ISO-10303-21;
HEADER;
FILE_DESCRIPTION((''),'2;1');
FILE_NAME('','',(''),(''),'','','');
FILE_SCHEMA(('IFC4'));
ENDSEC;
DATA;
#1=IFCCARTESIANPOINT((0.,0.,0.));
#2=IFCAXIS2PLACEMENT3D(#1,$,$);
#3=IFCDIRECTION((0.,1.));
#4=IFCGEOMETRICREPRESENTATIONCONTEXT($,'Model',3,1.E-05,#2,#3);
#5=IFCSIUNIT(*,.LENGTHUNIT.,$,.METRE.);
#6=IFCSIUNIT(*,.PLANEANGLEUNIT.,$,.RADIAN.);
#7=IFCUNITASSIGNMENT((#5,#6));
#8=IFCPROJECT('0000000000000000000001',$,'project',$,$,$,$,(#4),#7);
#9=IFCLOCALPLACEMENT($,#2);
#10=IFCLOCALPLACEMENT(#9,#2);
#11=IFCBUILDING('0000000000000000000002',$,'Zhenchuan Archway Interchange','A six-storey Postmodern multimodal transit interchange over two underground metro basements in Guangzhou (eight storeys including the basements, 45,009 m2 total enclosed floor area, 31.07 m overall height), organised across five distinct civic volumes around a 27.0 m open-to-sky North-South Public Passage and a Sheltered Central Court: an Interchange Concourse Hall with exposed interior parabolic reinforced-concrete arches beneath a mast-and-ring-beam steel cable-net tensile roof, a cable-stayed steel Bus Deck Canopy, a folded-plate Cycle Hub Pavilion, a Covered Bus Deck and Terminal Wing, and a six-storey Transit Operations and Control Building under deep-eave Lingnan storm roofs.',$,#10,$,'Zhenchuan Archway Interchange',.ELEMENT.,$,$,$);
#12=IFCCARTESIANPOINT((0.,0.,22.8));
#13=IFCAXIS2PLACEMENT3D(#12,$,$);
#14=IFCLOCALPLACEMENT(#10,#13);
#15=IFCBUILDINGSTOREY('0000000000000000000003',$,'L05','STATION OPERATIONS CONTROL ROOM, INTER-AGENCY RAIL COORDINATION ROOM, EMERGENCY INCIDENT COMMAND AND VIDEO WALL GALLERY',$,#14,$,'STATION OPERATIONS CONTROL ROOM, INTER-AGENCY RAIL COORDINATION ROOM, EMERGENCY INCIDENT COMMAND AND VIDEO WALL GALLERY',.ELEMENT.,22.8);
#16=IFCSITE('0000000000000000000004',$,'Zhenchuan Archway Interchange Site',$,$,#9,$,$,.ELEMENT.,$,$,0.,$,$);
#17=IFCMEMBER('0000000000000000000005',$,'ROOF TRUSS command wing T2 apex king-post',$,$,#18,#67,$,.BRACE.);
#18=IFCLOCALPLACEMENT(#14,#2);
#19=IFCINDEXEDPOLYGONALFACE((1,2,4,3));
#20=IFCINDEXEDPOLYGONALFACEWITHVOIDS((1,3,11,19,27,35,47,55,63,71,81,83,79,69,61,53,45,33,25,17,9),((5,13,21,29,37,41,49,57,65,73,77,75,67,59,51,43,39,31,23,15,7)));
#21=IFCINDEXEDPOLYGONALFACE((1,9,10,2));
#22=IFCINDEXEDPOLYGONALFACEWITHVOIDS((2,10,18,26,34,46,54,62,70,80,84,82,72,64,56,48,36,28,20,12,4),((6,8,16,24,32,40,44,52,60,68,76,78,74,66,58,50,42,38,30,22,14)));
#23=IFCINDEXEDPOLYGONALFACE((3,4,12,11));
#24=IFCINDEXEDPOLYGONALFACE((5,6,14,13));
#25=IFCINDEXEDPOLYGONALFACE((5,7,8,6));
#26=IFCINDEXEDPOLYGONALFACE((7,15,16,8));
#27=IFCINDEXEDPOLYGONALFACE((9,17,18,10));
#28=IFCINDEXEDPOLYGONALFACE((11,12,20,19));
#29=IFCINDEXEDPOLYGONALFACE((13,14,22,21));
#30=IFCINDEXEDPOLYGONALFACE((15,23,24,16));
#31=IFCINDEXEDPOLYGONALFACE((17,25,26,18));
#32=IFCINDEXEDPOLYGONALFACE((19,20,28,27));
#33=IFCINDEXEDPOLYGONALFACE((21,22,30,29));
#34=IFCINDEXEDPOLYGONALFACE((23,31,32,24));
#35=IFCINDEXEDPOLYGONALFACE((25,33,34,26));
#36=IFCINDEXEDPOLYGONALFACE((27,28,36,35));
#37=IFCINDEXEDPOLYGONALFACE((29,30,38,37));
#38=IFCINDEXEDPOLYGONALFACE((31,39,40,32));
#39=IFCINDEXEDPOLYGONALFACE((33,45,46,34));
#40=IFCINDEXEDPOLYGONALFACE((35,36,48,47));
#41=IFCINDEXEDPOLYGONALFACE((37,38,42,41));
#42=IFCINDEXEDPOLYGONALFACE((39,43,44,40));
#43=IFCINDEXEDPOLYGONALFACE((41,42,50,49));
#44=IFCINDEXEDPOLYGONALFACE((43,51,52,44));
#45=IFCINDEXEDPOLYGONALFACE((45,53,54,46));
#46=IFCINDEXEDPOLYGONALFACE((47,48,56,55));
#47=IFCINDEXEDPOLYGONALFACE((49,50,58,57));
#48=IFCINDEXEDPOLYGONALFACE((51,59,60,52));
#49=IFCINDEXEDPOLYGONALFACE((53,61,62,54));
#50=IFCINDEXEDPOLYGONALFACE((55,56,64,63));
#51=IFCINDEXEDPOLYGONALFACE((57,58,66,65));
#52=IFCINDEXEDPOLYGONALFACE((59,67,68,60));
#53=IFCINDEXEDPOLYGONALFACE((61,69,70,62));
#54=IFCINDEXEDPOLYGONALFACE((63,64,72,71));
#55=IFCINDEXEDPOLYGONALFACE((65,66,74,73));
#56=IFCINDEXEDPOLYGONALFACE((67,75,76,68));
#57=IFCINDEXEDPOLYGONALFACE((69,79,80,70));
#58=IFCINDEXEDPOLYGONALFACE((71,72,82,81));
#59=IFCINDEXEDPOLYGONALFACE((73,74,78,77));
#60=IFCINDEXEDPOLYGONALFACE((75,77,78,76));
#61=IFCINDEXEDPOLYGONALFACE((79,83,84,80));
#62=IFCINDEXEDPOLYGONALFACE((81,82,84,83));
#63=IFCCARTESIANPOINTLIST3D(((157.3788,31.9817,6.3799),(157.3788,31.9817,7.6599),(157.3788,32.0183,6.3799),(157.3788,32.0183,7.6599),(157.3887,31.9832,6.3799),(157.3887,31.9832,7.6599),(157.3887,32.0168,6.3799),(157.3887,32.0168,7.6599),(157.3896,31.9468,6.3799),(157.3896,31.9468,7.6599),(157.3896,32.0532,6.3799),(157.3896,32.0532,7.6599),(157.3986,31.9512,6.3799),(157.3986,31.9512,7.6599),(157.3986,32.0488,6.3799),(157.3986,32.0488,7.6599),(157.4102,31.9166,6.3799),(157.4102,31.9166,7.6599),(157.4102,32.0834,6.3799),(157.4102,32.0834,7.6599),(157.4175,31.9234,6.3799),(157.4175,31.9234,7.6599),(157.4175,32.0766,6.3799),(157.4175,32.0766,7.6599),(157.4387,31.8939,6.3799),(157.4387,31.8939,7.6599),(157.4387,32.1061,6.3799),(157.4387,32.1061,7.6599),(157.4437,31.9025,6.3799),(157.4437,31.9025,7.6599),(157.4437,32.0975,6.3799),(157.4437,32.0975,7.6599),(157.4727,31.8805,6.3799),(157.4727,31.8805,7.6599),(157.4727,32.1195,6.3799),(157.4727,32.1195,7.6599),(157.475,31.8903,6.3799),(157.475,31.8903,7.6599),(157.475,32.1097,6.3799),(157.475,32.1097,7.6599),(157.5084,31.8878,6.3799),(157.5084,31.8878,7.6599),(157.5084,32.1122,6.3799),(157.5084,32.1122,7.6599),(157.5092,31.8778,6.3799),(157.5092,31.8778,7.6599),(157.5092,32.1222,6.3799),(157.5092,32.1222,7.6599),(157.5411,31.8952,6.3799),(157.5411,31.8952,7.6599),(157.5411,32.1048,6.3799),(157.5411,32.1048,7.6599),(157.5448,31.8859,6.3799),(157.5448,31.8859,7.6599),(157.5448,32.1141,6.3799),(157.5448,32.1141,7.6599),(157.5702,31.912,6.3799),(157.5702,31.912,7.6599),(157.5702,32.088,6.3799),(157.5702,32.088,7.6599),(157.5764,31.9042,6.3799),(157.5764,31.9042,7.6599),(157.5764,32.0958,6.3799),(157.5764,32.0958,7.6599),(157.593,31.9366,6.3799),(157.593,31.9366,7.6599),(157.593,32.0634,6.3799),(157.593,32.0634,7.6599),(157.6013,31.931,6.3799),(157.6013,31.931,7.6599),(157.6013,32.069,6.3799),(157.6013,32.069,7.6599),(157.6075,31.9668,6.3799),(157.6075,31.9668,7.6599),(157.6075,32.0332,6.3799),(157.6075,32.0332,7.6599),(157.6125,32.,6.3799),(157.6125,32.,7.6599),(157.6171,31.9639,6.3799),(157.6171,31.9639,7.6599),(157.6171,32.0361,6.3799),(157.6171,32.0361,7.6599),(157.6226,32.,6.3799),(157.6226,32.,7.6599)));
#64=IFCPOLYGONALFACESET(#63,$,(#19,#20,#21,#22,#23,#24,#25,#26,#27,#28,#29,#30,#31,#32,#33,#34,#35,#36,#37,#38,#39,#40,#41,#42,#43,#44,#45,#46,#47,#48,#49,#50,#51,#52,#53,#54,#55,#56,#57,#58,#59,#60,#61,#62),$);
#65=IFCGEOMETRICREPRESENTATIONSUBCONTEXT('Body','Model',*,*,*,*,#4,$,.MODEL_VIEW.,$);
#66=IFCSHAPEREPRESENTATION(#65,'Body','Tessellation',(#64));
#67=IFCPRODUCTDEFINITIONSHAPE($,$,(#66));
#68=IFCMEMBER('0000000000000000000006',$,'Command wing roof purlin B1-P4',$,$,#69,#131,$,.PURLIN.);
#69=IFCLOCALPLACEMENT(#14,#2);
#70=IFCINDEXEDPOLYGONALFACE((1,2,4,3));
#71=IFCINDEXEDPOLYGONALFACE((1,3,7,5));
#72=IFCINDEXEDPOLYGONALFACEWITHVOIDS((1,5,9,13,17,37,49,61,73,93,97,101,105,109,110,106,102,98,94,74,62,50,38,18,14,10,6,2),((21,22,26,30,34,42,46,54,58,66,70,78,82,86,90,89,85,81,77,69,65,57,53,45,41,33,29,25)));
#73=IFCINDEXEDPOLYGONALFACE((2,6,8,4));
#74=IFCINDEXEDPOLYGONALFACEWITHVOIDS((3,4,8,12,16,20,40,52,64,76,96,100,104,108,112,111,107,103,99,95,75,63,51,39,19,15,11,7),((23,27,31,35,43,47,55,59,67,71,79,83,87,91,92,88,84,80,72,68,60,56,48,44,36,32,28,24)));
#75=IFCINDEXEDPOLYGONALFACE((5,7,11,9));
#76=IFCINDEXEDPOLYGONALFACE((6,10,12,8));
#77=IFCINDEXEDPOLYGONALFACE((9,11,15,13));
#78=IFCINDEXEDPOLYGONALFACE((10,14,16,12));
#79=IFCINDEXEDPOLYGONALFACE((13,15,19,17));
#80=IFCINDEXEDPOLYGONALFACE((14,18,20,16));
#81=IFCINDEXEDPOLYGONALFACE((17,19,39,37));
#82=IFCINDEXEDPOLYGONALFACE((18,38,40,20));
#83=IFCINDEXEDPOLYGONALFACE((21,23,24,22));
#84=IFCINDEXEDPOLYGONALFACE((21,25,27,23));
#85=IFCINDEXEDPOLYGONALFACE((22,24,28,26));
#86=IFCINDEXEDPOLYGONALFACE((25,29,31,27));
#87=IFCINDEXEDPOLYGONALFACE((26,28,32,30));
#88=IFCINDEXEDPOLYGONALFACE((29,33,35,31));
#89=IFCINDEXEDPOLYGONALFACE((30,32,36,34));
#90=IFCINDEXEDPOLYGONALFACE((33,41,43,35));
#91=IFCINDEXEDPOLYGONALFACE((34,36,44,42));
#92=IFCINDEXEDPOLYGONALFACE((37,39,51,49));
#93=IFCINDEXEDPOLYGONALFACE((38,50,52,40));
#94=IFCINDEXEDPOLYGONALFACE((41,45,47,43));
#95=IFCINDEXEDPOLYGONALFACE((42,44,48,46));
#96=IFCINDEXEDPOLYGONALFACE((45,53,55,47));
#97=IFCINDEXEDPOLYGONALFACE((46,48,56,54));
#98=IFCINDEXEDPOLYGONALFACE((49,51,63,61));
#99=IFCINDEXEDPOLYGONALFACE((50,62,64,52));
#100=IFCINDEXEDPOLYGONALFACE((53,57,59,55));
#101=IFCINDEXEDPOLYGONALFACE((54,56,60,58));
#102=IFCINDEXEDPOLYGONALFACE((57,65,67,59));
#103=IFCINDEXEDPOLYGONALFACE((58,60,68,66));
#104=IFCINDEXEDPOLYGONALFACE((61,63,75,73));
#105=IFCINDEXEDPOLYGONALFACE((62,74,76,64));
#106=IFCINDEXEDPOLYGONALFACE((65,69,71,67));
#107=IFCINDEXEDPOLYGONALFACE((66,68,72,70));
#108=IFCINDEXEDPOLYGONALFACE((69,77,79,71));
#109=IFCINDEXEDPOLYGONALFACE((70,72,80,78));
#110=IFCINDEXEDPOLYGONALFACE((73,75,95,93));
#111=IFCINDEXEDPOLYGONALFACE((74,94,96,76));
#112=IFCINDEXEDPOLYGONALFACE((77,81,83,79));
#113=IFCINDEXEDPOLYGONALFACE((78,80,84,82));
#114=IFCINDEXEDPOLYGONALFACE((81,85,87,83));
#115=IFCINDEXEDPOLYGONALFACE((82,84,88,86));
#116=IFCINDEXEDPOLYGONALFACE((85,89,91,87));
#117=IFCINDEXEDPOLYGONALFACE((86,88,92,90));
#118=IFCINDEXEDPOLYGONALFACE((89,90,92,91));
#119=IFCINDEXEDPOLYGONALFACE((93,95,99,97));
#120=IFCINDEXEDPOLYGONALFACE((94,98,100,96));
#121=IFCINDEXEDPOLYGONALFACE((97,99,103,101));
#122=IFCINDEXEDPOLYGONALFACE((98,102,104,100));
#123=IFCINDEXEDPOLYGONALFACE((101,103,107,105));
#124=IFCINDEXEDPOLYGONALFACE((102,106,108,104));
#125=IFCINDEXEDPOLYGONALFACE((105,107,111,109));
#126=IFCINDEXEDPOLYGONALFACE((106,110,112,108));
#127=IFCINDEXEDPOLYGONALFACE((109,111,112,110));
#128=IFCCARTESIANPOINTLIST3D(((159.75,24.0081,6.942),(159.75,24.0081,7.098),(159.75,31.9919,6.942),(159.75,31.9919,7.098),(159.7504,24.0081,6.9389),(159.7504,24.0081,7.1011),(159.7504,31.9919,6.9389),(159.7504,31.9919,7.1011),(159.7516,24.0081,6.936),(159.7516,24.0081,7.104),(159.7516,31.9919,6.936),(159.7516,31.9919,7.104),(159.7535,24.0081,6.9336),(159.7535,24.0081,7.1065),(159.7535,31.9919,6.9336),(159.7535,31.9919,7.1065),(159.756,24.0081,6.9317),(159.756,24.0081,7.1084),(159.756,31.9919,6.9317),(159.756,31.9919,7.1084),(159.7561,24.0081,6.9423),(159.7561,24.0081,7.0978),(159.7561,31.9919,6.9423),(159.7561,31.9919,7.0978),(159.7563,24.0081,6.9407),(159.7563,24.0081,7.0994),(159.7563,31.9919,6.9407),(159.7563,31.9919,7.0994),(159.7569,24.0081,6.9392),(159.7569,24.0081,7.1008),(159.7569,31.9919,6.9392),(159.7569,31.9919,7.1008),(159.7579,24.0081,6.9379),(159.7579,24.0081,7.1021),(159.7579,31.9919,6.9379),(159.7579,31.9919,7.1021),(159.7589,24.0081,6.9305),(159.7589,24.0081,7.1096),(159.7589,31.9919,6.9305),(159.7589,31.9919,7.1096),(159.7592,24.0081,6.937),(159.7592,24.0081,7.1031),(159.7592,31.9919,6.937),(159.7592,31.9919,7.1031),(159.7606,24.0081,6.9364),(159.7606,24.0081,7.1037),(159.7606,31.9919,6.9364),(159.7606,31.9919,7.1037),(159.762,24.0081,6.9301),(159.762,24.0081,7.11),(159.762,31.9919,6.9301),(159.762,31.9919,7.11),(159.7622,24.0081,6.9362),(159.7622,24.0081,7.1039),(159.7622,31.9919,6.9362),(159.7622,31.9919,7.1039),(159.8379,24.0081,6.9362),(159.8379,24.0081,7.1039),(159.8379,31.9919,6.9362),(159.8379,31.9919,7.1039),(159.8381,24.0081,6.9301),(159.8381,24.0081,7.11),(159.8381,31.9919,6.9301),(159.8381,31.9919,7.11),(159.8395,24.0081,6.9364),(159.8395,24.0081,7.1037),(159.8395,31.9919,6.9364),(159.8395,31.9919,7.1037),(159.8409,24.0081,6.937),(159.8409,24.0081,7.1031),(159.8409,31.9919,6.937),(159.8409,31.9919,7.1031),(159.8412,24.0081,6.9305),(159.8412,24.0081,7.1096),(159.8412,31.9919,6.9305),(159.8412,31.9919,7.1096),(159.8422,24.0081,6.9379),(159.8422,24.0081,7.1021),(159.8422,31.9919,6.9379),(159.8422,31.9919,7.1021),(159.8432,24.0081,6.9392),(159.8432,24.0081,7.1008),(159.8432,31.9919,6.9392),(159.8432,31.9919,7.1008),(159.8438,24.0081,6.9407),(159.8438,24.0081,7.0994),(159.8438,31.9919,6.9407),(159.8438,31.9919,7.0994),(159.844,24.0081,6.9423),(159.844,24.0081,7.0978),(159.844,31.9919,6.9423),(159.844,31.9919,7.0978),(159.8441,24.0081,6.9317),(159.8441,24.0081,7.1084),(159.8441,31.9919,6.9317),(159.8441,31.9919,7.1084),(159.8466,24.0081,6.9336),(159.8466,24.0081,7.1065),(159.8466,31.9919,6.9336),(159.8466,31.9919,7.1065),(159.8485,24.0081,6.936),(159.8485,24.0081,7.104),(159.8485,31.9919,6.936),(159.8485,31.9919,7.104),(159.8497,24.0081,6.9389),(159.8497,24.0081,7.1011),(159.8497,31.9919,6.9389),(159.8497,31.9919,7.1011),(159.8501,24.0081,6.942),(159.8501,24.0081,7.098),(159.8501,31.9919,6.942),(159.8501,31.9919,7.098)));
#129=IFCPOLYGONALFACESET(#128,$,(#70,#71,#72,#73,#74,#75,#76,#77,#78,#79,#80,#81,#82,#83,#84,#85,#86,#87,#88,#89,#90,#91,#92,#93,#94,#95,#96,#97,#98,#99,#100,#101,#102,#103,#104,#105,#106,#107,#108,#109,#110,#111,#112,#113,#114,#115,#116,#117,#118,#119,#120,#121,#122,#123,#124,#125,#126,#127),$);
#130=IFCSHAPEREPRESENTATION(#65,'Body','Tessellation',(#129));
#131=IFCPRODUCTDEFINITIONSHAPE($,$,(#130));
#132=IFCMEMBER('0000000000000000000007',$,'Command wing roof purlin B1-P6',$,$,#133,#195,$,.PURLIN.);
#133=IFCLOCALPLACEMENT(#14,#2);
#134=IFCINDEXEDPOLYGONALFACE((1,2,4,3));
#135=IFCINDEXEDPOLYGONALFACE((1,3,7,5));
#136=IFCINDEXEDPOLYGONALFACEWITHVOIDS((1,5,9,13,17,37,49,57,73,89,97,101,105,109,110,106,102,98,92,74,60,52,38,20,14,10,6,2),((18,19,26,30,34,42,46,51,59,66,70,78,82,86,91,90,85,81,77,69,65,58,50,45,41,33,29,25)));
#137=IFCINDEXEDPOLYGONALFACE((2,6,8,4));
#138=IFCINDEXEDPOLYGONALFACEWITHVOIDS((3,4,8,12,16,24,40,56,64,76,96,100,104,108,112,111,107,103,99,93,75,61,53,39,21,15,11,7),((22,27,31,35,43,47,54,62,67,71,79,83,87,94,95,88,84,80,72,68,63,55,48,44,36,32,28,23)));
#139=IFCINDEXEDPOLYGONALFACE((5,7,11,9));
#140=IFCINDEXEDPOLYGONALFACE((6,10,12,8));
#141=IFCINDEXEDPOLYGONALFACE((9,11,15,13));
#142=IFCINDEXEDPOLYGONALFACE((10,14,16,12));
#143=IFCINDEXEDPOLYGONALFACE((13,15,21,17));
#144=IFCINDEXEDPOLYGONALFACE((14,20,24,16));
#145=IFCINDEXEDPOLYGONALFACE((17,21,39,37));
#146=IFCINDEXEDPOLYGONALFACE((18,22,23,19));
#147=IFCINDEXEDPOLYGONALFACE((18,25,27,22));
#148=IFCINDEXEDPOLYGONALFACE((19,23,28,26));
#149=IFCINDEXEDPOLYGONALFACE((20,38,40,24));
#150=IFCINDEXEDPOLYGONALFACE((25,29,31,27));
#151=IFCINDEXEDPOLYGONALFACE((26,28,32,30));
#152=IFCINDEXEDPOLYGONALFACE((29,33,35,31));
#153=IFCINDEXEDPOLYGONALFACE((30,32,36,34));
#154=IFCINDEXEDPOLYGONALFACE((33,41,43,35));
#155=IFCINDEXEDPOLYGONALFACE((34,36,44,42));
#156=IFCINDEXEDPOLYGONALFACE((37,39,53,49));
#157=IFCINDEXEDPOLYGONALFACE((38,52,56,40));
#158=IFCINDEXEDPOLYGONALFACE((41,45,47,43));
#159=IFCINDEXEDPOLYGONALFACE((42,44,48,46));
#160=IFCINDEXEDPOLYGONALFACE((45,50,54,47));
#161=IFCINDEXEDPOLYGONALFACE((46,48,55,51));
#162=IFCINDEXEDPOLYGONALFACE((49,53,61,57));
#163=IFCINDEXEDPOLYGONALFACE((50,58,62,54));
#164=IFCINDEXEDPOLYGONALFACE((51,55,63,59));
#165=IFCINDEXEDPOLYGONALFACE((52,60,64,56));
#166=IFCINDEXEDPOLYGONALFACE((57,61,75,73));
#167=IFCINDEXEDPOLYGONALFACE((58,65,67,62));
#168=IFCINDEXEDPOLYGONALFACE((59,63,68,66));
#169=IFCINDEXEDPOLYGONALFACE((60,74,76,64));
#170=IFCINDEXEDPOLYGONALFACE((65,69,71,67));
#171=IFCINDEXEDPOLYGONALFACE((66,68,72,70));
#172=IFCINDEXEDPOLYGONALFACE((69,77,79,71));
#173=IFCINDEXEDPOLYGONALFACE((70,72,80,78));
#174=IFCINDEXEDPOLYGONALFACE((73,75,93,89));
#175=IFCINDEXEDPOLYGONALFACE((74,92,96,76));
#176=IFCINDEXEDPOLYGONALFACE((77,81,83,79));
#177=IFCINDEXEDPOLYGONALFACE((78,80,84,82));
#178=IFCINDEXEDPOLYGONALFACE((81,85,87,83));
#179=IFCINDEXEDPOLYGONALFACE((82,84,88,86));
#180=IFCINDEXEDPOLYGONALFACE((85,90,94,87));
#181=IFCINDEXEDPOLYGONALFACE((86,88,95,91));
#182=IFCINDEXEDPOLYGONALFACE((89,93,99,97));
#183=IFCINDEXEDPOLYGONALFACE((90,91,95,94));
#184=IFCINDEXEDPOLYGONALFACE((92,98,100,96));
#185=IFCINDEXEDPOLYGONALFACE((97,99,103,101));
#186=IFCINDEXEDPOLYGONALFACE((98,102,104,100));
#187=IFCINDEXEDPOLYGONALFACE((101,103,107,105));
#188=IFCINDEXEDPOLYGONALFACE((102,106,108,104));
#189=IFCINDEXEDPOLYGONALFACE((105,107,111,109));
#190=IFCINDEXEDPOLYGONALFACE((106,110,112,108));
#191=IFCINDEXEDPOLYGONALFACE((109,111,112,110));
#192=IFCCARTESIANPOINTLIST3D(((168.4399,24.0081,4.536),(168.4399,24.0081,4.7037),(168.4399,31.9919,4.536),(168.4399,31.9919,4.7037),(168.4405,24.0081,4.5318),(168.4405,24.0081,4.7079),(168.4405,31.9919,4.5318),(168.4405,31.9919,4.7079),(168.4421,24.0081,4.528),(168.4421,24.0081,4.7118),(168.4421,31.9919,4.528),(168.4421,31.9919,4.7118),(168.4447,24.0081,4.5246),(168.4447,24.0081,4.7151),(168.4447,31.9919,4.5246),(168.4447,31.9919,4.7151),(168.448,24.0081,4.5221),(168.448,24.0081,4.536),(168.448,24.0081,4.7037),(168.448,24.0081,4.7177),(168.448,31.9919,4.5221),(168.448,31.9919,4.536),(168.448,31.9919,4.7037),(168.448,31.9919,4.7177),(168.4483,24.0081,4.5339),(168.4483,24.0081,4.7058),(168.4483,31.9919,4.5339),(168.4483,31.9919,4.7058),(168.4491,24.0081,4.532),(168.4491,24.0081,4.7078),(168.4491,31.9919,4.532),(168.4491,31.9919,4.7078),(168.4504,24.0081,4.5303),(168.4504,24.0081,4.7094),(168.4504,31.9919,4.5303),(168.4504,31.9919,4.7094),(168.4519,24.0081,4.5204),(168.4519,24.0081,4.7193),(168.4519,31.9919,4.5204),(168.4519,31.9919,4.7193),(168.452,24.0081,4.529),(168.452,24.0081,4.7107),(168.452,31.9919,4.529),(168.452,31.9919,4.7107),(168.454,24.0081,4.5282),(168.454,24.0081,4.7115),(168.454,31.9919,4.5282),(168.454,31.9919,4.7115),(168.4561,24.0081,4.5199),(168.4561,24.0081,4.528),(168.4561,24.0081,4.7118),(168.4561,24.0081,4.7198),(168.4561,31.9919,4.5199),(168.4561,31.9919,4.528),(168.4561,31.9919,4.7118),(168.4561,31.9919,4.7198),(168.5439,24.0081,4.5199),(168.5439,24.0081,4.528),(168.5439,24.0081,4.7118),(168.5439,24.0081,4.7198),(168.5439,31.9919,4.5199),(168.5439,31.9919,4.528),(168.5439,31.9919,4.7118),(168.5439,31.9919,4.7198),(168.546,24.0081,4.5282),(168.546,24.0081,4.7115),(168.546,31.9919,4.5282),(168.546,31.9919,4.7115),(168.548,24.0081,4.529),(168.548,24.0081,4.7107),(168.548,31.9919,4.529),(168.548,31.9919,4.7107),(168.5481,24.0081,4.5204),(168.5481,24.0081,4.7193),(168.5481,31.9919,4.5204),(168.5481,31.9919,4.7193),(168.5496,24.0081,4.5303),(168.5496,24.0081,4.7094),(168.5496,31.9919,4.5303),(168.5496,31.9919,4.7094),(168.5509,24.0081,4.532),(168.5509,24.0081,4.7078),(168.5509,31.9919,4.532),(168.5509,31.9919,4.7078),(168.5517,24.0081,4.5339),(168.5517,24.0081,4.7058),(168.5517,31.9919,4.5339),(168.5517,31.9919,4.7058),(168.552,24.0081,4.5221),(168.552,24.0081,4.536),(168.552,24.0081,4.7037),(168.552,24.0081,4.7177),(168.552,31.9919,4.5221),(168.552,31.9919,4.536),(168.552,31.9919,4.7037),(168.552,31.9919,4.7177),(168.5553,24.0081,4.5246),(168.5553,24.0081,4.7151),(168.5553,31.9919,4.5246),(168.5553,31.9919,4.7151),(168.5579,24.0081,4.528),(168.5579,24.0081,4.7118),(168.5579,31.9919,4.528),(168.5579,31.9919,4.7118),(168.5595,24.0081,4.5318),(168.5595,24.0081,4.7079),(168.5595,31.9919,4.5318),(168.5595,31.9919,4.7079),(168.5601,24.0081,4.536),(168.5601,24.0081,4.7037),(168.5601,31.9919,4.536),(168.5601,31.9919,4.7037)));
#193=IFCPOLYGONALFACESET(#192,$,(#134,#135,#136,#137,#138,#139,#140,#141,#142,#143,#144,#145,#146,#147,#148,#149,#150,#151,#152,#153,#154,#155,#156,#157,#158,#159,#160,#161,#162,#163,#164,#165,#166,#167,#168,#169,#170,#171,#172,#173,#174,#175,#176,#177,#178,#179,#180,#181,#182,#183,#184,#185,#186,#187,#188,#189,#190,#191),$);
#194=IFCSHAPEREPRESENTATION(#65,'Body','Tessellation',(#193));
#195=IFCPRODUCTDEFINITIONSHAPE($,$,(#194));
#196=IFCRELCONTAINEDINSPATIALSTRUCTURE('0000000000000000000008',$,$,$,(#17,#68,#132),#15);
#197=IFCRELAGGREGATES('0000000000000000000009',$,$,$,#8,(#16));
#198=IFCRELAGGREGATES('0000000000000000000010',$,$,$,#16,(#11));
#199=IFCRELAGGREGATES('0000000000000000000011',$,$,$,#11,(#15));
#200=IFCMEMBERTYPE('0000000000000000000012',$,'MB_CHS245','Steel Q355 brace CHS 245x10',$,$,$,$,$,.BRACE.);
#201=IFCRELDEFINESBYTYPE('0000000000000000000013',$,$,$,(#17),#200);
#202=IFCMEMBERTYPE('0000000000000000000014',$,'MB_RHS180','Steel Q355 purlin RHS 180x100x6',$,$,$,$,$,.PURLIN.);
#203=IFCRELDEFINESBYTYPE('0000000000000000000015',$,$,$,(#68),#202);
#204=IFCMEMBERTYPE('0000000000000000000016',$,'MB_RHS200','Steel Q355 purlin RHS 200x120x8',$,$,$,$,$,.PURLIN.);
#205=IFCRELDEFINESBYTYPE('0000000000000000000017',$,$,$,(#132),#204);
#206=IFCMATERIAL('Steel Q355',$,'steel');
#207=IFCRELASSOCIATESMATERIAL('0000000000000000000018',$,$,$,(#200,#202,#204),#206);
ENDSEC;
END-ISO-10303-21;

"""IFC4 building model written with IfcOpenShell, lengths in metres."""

from ifc_helpers import new_model, si_unit, direction, frame, origin, origin_2d, place, context, subcontext, project, spatial, hollow_rectangle, hollow_circle, extrude, material, material_profile, profile_set, type_object, element, save


model = new_model("IFC4")

# Units and contexts
model_context = context("Model", 3, precision=1e-05, world=origin(), true_north=direction((0.0, 1.0)))
body_context = subcontext(model_context, "Body", "Model", "MODEL_VIEW")
ifc_project = project(units=[si_unit("LENGTHUNIT", "METRE"), si_unit("PLANEANGLEUNIT", "RADIAN")], contexts=[model_context])

# Site, building, storey
site_placement = place(None, origin())
site = spatial("IfcSite", under=ifc_project, at=site_placement, Name="Zhenchuan Archway Interchange Site", CompositionType="ELEMENT", RefElevation=0.0)
building_placement = place(site_placement, origin())
building = spatial("IfcBuilding", under=site, at=building_placement, Name="Zhenchuan Archway Interchange", Description="A six-storey Postmodern multimodal transit interchange over two underground metro basements in Guangzhou (eight storeys including the basements, 45,009 m2 total enclosed floor area, 31.07 m overall height), organised across five distinct civic volumes around a 27.0 m open-to-sky North-South Public Passage and a Sheltered Central Court: an Interchange Concourse Hall with exposed interior parabolic reinforced-concrete arches beneath a mast-and-ring-beam steel cable-net tensile roof, a cable-stayed steel Bus Deck Canopy, a folded-plate Cycle Hub Pavilion, a Covered Bus Deck and Terminal Wing, and a six-storey Transit Operations and Control Building under deep-eave Lingnan storm roofs.", LongName="Zhenchuan Archway Interchange", CompositionType="ELEMENT")
storey_placement = place(building_placement, frame((0.0, 0.0, 22.8)))
storey = spatial("IfcBuildingStorey", under=building, at=storey_placement, Name="L05", Description="STATION OPERATIONS CONTROL ROOM, INTER-AGENCY RAIL COORDINATION ROOM, EMERGENCY INCIDENT COMMAND AND VIDEO WALL GALLERY", LongName="STATION OPERATIONS CONTROL ROOM, INTER-AGENCY RAIL COORDINATION ROOM, EMERGENCY INCIDENT COMMAND AND VIDEO WALL GALLERY", CompositionType="ELEMENT", Elevation=22.8)

# Shared definitions
ifc_material_1 = material(Name="Steel Q355", Category="steel")

# Members
ifc_material_profile_1 = material_profile(ifc_material_1, hollow_circle(Radius=0.1226, WallThickness=0.01, at=origin_2d()), Name="CHS 245x10")
ifc_profile_set_1 = profile_set([ifc_material_profile_1], Name="Steel Q355")
member_type_1 = type_object("IfcMemberType", Name="MB_CHS245", Description="Steel Q355 brace CHS 245x10", PredefinedType="BRACE", material=ifc_profile_set_1)
member_1_placement = place(storey_placement, frame((157.5, 32.0, 6.3799), z_axis=(0.0, 0.0, 1.0), x_axis=(1.0, 0.0, 0.0)))
element("IfcMember", 1, at=member_1_placement, inside=storey, type_object=member_type_1, Name="ROOF TRUSS command wing T2 apex king-post", PredefinedType="BRACE", context=body_context, shape_type="SweptSolid", body=[
    extrude(hollow_circle(Radius=0.1226, WallThickness=0.01, at=origin_2d()), origin(), (0.0, 0.0, 1.0), 1.28),
])
ifc_material_profile_2 = material_profile(ifc_material_1, hollow_rectangle(XDim=0.1001, YDim=0.1799, WallThickness=0.0061, InnerFilletRadius=0.0061, OuterFilletRadius=0.012, at=origin_2d()), Name="RHS 180x100x6")
ifc_profile_set_2 = profile_set([ifc_material_profile_2], Name="Steel Q355")
member_type_2 = type_object("IfcMemberType", Name="MB_RHS180", Description="Steel Q355 purlin RHS 180x100x6", PredefinedType="PURLIN", material=ifc_profile_set_2)
member_2_placement = place(storey_placement, frame((159.8, 24.0081, 7.02), z_axis=(0.0, 1.0, 0.0), x_axis=(-1.0, 0.0, 0.0)))
element("IfcMember", 2, at=member_2_placement, inside=storey, type_object=member_type_2, Name="Command wing roof purlin B1-P4", PredefinedType="PURLIN", context=body_context, shape_type="SweptSolid", body=[
    extrude(hollow_rectangle(XDim=0.1001, YDim=0.1799, WallThickness=0.0061, InnerFilletRadius=0.0061, OuterFilletRadius=0.012, at=origin_2d()), origin(), (0.0, 0.0, 1.0), 7.9839),
])
ifc_material_profile_3 = material_profile(ifc_material_1, hollow_rectangle(XDim=0.1201, YDim=0.2, WallThickness=0.0081, InnerFilletRadius=0.0081, OuterFilletRadius=0.0161, at=origin_2d()), Name="RHS 200x120x8")
ifc_profile_set_3 = profile_set([ifc_material_profile_3], Name="Steel Q355")
member_type_3 = type_object("IfcMemberType", Name="MB_RHS200", Description="Steel Q355 purlin RHS 200x120x8", PredefinedType="PURLIN", material=ifc_profile_set_3)
member_3_placement = place(storey_placement, frame((168.5, 24.0081, 4.6199), z_axis=(0.0, 1.0, 0.0), x_axis=(-1.0, 0.0, 0.0)))
element("IfcMember", 3, at=member_3_placement, inside=storey, type_object=member_type_3, Name="Command wing roof purlin B1-P6", PredefinedType="PURLIN", context=body_context, shape_type="SweptSolid", body=[
    extrude(hollow_rectangle(XDim=0.1201, YDim=0.2, WallThickness=0.0081, InnerFilletRadius=0.0081, OuterFilletRadius=0.0161, at=origin_2d()), origin(), (0.0, 0.0, 1.0), 7.9839),
])

save(model, "model.ifc")
